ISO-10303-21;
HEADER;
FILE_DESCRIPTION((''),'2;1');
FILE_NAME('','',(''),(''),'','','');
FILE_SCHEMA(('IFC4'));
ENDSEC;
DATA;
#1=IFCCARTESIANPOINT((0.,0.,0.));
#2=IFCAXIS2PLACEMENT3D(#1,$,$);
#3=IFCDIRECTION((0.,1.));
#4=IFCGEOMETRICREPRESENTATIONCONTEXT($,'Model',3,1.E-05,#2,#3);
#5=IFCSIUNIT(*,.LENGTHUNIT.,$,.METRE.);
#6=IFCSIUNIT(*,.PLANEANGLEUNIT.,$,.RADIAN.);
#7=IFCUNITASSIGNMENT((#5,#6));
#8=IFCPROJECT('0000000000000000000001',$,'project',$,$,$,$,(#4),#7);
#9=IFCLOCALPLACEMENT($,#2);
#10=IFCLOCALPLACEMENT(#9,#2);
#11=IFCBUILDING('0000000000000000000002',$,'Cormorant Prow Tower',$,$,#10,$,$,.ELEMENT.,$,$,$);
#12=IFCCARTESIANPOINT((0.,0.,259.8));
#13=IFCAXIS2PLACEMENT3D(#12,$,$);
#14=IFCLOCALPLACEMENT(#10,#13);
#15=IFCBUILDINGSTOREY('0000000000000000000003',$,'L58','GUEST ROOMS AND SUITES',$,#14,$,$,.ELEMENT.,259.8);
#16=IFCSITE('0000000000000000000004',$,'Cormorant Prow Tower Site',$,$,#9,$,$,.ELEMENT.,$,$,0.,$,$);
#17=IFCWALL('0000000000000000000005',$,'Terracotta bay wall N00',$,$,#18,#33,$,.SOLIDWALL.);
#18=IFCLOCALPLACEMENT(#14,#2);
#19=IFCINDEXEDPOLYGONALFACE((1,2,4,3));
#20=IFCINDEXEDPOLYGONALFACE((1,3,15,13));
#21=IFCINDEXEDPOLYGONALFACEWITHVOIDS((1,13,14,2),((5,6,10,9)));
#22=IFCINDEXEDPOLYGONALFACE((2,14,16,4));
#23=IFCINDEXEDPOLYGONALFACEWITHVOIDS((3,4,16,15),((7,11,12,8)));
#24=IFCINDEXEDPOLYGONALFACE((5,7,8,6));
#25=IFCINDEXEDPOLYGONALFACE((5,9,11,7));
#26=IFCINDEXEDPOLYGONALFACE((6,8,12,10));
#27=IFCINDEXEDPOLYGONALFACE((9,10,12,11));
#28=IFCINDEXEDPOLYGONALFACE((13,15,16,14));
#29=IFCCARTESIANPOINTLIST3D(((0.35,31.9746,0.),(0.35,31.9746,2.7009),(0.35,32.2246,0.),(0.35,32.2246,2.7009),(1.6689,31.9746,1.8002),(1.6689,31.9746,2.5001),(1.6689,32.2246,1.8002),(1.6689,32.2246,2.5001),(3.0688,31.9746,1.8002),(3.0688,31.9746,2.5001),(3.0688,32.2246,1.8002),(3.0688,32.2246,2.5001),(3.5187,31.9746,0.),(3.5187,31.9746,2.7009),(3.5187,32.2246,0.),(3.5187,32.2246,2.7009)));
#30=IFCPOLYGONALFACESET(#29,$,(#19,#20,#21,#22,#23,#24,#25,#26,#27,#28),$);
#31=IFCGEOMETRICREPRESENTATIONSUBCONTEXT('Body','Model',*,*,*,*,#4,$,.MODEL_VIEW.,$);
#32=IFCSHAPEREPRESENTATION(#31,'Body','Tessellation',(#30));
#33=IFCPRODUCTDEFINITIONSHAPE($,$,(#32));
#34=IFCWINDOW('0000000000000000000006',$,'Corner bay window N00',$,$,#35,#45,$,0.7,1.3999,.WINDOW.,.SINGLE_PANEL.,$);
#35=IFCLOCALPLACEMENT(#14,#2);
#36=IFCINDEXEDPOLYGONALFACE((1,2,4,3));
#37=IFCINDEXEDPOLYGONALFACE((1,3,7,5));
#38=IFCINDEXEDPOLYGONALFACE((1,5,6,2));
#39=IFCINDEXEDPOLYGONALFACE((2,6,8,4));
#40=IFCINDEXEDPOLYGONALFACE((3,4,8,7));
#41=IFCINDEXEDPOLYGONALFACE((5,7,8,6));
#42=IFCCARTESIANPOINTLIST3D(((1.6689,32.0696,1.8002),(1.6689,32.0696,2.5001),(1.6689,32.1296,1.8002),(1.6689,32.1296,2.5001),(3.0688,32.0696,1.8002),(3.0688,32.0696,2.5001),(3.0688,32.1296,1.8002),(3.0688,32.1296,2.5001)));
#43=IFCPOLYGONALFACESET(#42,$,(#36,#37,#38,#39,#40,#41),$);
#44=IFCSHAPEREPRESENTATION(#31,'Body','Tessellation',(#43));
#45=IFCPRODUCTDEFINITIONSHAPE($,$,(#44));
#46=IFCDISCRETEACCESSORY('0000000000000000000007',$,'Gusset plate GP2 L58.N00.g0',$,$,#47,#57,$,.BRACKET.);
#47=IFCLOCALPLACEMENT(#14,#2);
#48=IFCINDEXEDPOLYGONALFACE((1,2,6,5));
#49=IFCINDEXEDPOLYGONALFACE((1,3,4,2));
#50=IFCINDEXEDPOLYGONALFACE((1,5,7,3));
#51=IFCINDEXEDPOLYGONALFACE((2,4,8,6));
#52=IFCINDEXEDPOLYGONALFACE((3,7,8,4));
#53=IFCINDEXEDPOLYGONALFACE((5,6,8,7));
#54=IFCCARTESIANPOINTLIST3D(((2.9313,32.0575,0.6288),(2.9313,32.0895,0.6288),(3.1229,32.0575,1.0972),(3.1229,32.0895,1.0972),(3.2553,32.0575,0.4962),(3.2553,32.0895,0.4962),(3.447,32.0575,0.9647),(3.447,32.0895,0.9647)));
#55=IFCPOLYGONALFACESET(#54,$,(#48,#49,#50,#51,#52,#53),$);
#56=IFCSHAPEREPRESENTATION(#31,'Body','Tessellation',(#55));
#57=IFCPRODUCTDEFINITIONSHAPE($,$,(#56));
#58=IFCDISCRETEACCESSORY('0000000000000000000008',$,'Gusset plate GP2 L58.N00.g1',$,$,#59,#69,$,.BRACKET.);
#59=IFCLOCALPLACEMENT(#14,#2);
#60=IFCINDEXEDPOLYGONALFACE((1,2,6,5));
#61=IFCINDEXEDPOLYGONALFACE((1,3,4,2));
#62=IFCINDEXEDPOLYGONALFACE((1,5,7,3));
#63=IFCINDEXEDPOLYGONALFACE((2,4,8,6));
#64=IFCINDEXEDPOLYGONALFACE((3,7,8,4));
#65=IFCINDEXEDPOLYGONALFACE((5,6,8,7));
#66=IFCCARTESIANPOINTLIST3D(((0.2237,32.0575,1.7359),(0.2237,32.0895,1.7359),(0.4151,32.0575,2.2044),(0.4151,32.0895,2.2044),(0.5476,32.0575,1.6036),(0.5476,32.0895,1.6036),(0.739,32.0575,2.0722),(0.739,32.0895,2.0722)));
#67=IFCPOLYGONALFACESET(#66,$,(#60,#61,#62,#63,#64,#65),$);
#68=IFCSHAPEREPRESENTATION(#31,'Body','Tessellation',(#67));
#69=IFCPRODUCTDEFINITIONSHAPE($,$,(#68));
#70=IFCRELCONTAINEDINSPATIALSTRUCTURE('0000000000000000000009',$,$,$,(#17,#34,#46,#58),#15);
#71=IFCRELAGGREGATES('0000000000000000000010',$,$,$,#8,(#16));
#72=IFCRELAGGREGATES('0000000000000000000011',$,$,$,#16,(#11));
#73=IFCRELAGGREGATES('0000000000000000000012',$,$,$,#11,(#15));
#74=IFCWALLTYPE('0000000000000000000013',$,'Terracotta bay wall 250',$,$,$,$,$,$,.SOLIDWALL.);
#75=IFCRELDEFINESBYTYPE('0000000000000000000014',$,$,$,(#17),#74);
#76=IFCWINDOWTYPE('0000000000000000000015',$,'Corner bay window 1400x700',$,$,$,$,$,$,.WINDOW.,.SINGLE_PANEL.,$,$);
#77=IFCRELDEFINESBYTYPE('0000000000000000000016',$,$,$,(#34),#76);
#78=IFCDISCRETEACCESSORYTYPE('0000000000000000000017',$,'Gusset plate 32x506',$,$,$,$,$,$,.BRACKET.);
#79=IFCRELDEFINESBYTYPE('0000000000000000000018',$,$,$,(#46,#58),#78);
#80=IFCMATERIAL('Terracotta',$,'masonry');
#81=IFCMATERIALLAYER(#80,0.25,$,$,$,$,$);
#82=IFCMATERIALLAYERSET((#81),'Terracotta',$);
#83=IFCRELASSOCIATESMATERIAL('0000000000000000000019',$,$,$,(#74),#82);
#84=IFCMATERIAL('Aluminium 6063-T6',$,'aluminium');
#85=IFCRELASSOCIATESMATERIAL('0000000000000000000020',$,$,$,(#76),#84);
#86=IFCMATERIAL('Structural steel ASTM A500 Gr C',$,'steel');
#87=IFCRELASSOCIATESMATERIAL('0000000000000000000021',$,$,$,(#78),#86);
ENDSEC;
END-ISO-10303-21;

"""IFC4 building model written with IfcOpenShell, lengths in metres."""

from ifc_helpers import new_model, si_unit, direction, frame, frame_2d, origin, origin_2d, place, context, subcontext, project, spatial, rectangle, extrude, material, layer, layer_set, material_profile, profile_set, type_object, element, fill, save


model = new_model("IFC4")

# Units and contexts
model_context = context("Model", 3, precision=1e-05, world=origin(), true_north=direction((0.0, 1.0)))
body_context = subcontext(model_context, "Body", "Model", "MODEL_VIEW")
ifc_project = project(units=[si_unit("LENGTHUNIT", "METRE"), si_unit("PLANEANGLEUNIT", "RADIAN")], contexts=[model_context])

# Site, building, storey
site_placement = place(None, origin())
site = spatial("IfcSite", under=ifc_project, at=site_placement, Name="Cormorant Prow Tower Site", CompositionType="ELEMENT", RefElevation=0.0)
building_placement = place(site_placement, origin())
building = spatial("IfcBuilding", under=site, at=building_placement, Name="Cormorant Prow Tower", CompositionType="ELEMENT")
storey_placement = place(building_placement, frame((0.0, 0.0, 259.8)))
storey = spatial("IfcBuildingStorey", under=building, at=storey_placement, Name="L58", Description="GUEST ROOMS AND SUITES", CompositionType="ELEMENT", Elevation=259.8)

# Wall, opening, window
ifc_material_1 = material(Name="Terracotta", Category="masonry")
ifc_layer_1 = layer(ifc_material_1, 0.25)
ifc_layer_set_1 = layer_set([ifc_layer_1], Name="Terracotta")
wall_type_1 = type_object("IfcWallType", Name="Terracotta bay wall 250", PredefinedType="SOLIDWALL", material=ifc_layer_set_1)
wall_1_placement = place(storey_placement, frame((3.5188, 32.0996, 0.0), z_axis=(0.0, 0.0, 1.0), x_axis=(-1.0, 0.0, 0.0)))
wall_1 = element("IfcWall", 1, at=wall_1_placement, inside=storey, type_object=wall_type_1, Name="Terracotta bay wall N00", PredefinedType="SOLIDWALL", context=body_context, shape_type="SweptSolid", body=[
    extrude(rectangle(XDim=3.1687, YDim=0.25, at=frame_2d((1.5845, 0.0))), origin(), (0.0, 0.0, 1.0), 2.7009),
])
opening_1_placement = place(wall_1_placement, frame((0.45, 0.0, 1.8)))
opening_1 = element("IfcOpeningElement", 2, at=opening_1_placement, cuts=wall_1, PredefinedType="OPENING", context=body_context, shape_type="SweptSolid", body=[
    extrude(rectangle(XDim=1.3999, YDim=0.7, at=frame_2d((0.7, 0.3501))), frame((0.0, 0.135, 0.0), z_axis=(0.0, -1.0, 0.0), x_axis=(1.0, 0.0, 0.0)), (0.0, 0.0, 1.0), 0.27),
])
ifc_material_2 = material(Name="Aluminium 6063-T6", Category="aluminium")
window_type = type_object("IfcWindowType", Name="Corner bay window 1400x700", PartitioningType="SINGLE_PANEL", PredefinedType="WINDOW", material=ifc_material_2)
window_placement = place(opening_1_placement, origin())
window = element("IfcWindow", 3, at=window_placement, inside=storey, type_object=window_type, Name="Corner bay window N00", OverallHeight=0.7, OverallWidth=1.3999, PartitioningType="SINGLE_PANEL", PredefinedType="WINDOW", context=body_context, shape_type="SweptSolid", body=[
    extrude(rectangle(XDim=1.3999, YDim=0.7, at=frame_2d((0.7, 0.3501))), frame((0.0, 0.03, 0.0), z_axis=(0.0, -1.0, 0.0), x_axis=(1.0, 0.0, 0.0)), (0.0, 0.0, 1.0), 0.0601),
])
fill(opening_1, window)

# Discrete accessories
ifc_material_3 = material(Name="Structural steel ASTM A500 Gr C", Category="steel")
ifc_material_profile_1 = material_profile(ifc_material_3, rectangle(XDim=0.032, YDim=0.5061, at=origin_2d()), Name="Gusset plate 32x506")
ifc_profile_set_1 = profile_set([ifc_material_profile_1], Name="Structural steel ASTM A500 Gr C")
discrete_accessory_type = type_object("IfcDiscreteAccessoryType", Name="Gusset plate 32x506", PredefinedType="BRACKET", material=ifc_profile_set_1)
discrete_accessory_1_placement = place(storey_placement, frame((3.0271, 32.0735, 0.863), z_axis=(0.925514, 0.0, -0.378714), x_axis=(0.0, 1.0, 0.0)))
element("IfcDiscreteAccessory", 4, at=discrete_accessory_1_placement, inside=storey, type_object=discrete_accessory_type, Name="Gusset plate GP2 L58.N00.g0", PredefinedType="BRACKET", context=body_context, shape_type="SweptSolid", body=[
    extrude(rectangle(XDim=0.032, YDim=0.5061, at=origin_2d()), origin(), (0.0, 0.0, 1.0), 0.3501),
])
discrete_accessory_2_placement = place(storey_placement, frame((0.6433, 32.0735, 1.8379), z_axis=(-0.925758, 0.0, 0.378117), x_axis=(0.0, -1.0, 0.0)))
element("IfcDiscreteAccessory", 5, at=discrete_accessory_2_placement, inside=storey, type_object=discrete_accessory_type, Name="Gusset plate GP2 L58.N00.g1", PredefinedType="BRACKET", context=body_context, shape_type="SweptSolid", body=[
    extrude(rectangle(XDim=0.032, YDim=0.5061, at=origin_2d()), origin(), (0.0, 0.0, 1.0), 0.3499),
])

save(model, "model.ifc")
